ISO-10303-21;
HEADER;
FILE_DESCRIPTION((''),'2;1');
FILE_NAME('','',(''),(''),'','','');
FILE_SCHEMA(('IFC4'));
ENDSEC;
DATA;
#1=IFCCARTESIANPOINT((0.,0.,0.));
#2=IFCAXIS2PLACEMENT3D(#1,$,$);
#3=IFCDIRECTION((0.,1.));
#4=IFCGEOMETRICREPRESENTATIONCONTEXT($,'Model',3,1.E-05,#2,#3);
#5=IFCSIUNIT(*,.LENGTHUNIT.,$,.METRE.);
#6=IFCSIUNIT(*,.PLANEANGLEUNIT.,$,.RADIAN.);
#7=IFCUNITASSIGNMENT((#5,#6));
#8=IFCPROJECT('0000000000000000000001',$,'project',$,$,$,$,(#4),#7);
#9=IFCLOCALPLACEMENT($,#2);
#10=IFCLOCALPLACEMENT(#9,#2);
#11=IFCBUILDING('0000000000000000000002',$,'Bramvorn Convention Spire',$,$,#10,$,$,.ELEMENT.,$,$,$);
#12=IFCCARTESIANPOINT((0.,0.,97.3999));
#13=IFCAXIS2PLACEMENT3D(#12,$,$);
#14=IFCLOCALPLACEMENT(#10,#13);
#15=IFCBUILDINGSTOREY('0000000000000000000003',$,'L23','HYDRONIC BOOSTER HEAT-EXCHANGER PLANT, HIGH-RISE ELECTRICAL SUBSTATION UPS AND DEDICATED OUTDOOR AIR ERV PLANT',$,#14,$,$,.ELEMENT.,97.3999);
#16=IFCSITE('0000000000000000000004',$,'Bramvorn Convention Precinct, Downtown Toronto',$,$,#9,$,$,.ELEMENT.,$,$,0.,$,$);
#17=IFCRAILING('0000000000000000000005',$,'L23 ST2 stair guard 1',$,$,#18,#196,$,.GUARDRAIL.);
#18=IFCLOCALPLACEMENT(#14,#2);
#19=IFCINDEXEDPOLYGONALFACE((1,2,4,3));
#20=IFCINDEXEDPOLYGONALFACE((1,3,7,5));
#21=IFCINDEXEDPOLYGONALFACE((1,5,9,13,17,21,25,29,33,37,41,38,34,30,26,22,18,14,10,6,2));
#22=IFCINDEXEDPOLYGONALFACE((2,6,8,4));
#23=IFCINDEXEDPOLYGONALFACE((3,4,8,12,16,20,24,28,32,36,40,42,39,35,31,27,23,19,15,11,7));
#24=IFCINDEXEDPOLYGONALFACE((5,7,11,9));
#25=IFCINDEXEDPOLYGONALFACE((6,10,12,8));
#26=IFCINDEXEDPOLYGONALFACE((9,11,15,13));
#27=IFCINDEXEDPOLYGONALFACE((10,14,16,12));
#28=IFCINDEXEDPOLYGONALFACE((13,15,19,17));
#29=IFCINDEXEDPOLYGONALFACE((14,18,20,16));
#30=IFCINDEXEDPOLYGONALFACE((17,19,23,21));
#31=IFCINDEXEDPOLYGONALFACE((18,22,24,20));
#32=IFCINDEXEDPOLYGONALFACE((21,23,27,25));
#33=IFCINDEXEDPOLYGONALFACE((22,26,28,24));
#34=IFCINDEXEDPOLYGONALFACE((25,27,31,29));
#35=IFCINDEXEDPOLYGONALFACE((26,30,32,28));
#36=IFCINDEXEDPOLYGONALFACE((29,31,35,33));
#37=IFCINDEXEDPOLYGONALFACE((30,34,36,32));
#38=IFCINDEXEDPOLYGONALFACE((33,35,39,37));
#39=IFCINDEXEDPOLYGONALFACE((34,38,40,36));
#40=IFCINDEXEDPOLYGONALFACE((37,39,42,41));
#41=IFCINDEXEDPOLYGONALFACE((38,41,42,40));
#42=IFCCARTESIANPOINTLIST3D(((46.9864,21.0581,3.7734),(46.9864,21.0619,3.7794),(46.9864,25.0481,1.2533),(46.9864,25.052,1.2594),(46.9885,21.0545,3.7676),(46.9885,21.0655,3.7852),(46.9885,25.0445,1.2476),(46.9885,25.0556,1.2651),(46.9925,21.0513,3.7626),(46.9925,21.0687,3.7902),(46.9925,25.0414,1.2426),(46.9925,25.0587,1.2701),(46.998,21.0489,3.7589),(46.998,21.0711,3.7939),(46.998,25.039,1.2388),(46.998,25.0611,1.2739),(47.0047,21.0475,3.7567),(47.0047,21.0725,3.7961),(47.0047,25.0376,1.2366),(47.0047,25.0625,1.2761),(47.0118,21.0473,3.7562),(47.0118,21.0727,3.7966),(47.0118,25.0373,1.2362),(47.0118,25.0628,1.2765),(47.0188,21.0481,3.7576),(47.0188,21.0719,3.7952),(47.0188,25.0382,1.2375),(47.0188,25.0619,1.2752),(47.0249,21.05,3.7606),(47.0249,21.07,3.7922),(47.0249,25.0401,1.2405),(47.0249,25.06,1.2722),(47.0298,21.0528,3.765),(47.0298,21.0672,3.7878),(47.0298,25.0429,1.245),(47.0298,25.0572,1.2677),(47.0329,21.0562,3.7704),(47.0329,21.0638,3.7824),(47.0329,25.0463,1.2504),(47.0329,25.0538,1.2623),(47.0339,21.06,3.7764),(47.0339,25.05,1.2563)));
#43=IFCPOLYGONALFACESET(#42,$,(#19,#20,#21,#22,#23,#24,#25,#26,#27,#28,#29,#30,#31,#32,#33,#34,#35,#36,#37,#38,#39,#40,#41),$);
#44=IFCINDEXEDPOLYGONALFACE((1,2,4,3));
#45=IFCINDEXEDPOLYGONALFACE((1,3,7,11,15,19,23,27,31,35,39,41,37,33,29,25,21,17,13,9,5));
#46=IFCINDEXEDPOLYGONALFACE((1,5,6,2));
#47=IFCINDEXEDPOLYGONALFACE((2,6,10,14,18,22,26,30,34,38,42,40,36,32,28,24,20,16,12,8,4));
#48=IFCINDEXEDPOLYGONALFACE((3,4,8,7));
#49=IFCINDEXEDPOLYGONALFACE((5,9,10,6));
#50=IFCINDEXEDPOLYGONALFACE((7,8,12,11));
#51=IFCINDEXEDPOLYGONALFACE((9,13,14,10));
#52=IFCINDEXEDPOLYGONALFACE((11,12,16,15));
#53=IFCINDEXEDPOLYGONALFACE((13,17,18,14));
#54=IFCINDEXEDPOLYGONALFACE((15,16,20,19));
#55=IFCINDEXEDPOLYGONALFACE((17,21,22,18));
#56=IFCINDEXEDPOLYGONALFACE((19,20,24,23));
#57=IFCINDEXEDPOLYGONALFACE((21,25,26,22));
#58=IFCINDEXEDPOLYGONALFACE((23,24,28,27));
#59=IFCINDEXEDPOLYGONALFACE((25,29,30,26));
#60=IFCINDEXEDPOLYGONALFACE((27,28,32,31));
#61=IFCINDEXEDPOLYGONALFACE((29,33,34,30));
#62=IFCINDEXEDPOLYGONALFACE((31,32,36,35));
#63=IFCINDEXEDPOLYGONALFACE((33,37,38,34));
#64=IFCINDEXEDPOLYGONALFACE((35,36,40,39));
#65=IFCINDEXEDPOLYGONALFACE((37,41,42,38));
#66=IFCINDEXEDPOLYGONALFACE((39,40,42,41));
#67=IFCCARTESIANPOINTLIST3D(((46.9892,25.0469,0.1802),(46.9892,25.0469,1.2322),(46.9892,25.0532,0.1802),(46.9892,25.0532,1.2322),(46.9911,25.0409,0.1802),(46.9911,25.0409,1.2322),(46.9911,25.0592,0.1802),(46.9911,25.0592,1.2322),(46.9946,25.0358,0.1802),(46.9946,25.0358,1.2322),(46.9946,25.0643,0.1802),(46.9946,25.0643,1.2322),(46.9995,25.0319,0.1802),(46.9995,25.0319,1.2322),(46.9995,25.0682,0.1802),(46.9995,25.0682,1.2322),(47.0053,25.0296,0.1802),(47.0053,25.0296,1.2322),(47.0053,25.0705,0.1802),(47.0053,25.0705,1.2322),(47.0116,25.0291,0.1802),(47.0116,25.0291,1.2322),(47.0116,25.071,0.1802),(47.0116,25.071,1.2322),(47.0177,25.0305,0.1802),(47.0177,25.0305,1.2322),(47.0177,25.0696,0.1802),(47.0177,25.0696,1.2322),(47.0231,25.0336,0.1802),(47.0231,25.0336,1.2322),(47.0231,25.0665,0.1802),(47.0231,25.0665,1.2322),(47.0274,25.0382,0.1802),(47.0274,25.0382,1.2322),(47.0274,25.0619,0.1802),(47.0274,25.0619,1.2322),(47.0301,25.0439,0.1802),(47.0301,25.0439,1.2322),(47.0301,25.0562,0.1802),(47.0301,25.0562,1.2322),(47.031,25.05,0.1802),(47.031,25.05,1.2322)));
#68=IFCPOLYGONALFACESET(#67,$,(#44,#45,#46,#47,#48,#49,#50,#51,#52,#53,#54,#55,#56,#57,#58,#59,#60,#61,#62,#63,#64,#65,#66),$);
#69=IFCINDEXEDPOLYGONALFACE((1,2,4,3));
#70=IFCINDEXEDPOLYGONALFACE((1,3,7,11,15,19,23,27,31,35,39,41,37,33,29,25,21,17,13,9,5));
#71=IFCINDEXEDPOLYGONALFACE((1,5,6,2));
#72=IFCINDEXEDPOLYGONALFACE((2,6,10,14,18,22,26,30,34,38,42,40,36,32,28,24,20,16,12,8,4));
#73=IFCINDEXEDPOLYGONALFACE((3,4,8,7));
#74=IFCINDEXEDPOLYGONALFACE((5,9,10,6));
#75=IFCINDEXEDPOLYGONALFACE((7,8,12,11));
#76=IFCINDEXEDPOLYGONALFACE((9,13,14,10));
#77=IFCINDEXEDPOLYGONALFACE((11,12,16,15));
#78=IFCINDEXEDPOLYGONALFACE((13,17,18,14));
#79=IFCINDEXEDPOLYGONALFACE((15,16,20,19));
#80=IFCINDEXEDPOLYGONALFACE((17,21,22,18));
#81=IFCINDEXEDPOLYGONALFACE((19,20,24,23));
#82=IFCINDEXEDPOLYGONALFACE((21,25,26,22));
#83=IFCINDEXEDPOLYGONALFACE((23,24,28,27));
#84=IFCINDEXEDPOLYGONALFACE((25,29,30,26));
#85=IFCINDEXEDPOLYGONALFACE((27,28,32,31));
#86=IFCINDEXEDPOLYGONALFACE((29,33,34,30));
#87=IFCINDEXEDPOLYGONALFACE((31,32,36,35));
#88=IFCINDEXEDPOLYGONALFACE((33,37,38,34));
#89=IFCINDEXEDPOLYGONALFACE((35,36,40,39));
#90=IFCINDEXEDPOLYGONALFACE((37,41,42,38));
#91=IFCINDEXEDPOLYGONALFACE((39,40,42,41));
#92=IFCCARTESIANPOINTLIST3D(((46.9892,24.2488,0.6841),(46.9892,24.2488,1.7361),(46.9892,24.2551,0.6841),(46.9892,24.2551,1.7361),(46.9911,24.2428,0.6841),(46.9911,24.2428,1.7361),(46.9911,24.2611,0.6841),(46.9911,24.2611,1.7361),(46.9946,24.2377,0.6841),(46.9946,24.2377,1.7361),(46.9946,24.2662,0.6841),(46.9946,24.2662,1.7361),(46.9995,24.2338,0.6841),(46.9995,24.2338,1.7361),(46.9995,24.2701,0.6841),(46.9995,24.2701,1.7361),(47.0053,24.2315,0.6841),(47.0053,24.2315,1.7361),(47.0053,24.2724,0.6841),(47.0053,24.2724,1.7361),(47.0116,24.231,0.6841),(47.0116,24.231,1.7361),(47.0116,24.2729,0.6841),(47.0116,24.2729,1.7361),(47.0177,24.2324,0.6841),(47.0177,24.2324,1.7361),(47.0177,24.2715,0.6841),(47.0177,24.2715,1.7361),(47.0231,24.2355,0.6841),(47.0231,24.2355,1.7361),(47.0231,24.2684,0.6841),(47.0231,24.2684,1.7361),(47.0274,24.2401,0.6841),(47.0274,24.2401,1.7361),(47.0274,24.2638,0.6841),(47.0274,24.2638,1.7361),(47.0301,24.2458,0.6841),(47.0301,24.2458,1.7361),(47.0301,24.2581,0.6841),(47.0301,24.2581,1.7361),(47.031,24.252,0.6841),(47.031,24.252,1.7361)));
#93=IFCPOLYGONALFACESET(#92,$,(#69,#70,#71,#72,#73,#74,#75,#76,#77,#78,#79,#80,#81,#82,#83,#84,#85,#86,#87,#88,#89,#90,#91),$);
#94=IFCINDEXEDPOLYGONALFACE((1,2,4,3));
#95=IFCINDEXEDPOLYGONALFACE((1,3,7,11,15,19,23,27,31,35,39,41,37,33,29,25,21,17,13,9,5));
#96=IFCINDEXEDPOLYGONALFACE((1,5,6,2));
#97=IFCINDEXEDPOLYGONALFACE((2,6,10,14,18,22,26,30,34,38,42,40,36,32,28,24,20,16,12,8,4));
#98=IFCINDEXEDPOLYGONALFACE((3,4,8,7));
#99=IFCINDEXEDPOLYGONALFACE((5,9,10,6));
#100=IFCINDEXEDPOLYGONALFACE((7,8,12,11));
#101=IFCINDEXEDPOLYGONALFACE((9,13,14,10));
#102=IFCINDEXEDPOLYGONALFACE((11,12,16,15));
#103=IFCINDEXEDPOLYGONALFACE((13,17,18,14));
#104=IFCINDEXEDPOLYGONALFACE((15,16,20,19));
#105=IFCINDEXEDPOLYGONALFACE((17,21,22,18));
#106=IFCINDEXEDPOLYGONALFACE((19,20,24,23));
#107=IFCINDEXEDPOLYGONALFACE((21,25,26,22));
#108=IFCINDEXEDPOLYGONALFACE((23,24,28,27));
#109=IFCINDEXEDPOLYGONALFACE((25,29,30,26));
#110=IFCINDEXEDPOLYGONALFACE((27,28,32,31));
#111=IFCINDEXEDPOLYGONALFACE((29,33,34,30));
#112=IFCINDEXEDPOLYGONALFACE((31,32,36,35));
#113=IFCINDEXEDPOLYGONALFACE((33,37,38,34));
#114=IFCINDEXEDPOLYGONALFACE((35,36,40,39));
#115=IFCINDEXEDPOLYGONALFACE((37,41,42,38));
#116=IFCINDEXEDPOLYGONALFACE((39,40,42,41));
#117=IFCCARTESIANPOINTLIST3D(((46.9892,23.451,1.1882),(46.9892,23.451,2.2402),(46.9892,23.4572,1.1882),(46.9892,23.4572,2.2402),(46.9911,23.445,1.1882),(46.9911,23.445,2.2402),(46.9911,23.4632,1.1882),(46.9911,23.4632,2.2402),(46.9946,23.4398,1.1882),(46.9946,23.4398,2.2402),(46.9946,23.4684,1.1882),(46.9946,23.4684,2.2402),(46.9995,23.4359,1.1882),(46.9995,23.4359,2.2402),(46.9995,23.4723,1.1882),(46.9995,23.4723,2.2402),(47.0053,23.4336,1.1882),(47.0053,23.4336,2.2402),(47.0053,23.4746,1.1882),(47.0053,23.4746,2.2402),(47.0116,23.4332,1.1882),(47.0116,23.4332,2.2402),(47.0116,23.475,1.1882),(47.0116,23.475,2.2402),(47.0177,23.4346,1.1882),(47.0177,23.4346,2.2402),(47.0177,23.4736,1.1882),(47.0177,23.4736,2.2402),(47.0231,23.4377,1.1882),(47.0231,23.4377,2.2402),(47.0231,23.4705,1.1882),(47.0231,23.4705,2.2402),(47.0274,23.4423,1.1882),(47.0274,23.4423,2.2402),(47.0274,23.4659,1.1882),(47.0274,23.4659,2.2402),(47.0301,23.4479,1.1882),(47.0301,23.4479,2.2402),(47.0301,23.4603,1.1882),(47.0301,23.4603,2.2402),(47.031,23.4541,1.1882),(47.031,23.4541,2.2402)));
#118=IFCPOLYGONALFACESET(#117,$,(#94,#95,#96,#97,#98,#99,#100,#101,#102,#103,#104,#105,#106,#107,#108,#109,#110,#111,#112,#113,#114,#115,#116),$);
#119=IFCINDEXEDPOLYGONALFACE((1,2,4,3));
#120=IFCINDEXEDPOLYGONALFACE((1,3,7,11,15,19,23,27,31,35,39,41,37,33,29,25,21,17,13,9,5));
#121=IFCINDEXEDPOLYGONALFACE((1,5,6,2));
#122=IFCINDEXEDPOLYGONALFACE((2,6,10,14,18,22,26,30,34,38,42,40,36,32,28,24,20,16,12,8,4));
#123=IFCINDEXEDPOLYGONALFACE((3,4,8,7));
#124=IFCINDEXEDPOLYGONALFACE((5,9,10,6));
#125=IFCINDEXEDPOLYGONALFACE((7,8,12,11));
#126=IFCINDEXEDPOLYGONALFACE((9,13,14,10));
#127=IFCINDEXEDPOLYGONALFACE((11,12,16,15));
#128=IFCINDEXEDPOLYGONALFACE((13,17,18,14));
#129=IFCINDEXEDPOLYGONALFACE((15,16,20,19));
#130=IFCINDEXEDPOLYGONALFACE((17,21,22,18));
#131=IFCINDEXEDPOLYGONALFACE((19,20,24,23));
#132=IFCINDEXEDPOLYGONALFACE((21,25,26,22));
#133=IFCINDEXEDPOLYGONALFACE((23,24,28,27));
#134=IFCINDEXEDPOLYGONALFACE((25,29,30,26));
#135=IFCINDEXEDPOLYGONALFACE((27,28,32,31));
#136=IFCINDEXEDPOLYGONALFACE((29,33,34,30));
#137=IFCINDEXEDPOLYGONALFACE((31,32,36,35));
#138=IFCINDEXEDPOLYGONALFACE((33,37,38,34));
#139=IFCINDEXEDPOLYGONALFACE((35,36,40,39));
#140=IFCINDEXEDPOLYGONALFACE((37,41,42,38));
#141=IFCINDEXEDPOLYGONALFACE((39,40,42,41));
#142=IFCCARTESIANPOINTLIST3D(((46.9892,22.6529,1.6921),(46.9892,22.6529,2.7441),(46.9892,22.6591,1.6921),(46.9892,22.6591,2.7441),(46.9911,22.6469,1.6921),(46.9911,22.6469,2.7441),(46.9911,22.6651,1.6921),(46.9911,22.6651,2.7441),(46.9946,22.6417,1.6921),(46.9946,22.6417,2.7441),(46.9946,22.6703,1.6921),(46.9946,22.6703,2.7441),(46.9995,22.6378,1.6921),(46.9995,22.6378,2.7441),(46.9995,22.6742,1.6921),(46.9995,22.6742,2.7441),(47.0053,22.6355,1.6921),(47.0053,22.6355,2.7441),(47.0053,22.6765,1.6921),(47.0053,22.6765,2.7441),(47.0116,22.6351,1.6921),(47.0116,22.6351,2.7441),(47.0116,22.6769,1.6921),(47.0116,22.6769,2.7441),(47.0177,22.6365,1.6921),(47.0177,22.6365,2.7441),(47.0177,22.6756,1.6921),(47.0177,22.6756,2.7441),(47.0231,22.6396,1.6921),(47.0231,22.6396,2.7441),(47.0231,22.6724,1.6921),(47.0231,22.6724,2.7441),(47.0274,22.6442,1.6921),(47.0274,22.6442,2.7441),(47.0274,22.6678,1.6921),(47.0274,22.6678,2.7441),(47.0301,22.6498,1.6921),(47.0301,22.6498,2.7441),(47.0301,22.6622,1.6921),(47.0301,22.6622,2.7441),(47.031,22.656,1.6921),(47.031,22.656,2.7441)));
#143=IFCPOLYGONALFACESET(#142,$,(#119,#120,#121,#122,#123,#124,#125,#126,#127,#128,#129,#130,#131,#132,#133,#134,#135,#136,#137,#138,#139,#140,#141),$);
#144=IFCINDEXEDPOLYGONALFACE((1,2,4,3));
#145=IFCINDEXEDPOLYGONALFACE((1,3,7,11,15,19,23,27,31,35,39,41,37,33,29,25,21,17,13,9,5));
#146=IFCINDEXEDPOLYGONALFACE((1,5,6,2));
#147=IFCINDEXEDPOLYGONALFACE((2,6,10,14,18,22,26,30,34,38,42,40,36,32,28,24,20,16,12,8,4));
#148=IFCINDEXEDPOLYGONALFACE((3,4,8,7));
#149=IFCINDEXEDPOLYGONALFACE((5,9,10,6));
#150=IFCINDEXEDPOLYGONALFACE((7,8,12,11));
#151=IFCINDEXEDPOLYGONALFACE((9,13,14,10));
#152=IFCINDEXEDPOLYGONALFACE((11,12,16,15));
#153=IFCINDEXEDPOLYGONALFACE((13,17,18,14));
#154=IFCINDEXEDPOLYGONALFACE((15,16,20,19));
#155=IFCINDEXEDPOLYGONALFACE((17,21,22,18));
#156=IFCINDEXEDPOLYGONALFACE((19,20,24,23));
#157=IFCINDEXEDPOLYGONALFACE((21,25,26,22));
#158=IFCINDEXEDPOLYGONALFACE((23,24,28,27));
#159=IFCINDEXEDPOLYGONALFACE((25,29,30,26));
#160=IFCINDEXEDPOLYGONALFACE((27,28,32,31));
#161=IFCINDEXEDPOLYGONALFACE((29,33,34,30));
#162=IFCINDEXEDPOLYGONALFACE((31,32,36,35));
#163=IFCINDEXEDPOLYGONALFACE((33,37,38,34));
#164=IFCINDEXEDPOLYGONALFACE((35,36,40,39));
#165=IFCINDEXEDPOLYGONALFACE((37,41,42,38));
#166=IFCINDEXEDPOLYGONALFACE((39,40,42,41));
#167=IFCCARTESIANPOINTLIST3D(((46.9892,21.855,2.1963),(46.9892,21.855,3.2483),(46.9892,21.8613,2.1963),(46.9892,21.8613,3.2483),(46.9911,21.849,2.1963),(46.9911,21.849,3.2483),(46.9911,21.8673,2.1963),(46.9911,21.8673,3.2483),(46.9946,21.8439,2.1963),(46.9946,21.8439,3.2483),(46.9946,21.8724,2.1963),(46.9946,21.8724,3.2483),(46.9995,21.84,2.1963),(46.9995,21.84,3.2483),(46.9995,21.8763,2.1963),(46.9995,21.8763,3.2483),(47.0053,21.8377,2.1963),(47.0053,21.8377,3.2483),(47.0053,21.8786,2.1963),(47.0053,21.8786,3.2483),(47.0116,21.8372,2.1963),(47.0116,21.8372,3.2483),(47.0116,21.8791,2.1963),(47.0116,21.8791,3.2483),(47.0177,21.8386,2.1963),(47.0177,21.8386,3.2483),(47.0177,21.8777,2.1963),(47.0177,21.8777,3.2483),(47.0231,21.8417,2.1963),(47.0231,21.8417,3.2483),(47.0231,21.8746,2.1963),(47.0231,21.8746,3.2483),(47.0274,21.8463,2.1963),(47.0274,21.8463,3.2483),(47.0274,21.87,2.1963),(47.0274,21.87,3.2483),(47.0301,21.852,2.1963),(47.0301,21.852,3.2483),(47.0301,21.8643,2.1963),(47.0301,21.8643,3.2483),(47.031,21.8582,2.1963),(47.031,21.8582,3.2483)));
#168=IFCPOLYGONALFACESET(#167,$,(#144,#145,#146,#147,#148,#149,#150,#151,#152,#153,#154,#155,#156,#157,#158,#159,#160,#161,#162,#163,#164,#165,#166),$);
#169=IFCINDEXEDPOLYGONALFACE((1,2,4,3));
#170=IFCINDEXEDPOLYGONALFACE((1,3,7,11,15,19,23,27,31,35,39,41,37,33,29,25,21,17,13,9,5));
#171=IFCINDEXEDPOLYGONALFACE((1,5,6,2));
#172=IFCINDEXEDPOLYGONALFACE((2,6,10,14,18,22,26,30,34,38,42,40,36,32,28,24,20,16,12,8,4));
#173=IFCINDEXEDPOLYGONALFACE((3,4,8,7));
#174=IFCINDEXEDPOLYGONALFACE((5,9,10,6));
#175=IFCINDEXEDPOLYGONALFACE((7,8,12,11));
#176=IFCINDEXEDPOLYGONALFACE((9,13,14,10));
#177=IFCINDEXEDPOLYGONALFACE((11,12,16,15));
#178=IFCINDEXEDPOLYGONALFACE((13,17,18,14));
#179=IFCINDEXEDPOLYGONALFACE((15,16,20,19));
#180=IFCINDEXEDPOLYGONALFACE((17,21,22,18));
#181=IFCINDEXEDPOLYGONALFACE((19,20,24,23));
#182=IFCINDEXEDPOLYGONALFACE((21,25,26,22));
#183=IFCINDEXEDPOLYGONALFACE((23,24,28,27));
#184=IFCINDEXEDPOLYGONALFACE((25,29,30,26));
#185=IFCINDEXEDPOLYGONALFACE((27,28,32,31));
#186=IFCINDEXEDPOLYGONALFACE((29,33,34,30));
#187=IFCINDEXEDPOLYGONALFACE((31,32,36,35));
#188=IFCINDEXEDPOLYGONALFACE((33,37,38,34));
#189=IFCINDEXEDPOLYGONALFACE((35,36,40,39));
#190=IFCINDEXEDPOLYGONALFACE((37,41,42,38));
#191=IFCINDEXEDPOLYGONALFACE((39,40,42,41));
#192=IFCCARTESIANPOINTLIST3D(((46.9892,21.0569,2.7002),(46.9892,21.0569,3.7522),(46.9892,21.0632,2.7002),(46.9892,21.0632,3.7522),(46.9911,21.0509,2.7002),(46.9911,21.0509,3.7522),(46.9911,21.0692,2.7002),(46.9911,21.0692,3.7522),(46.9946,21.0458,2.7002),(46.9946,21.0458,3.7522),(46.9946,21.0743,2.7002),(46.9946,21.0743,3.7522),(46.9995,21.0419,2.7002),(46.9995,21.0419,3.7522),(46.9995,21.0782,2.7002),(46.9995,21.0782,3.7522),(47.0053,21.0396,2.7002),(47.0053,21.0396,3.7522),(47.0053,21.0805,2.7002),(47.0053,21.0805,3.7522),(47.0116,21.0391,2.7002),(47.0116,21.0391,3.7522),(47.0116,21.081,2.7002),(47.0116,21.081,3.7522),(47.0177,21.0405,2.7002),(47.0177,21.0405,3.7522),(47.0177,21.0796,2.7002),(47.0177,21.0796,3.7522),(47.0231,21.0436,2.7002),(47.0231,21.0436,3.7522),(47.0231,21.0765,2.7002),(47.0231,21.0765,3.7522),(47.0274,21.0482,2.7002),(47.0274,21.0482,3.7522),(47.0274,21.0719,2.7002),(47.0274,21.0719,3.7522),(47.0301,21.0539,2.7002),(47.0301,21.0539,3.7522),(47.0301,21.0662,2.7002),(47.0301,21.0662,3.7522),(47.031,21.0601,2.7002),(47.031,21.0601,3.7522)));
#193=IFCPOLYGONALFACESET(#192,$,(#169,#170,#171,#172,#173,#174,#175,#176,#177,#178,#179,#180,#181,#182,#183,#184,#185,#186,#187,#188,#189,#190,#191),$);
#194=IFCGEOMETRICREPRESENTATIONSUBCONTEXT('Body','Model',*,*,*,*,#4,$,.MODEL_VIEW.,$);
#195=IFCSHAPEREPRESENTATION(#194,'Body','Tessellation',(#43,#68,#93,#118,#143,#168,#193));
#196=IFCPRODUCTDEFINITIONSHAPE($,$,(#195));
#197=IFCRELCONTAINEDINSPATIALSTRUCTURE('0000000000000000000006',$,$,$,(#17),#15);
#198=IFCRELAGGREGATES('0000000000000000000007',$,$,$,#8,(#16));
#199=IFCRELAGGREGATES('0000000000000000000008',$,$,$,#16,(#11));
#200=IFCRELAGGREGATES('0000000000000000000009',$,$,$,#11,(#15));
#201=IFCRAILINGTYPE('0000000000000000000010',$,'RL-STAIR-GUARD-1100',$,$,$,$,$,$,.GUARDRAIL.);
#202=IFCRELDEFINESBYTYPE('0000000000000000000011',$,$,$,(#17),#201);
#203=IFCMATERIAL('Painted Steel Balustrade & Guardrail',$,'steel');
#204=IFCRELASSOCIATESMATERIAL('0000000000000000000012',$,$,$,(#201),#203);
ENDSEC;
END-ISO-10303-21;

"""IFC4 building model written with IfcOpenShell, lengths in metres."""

from ifc_helpers import new_model, si_unit, direction, frame, origin, origin_2d, place, context, subcontext, project, spatial, circle, extrude, material, type_object, element, save


model = new_model("IFC4")

# Units and contexts
model_context = context("Model", 3, precision=1e-05, world=origin(), true_north=direction((0.0, 1.0)))
body_context = subcontext(model_context, "Body", "Model", "MODEL_VIEW")
ifc_project = project(units=[si_unit("LENGTHUNIT", "METRE"), si_unit("PLANEANGLEUNIT", "RADIAN")], contexts=[model_context])

# Site, building, storey
site_placement = place(None, origin())
site = spatial("IfcSite", under=ifc_project, at=site_placement, Name="Bramvorn Convention Precinct, Downtown Toronto", CompositionType="ELEMENT", RefElevation=0.0)
building_placement = place(site_placement, origin())
building = spatial("IfcBuilding", under=site, at=building_placement, Name="Bramvorn Convention Spire", CompositionType="ELEMENT")
storey_placement = place(building_placement, frame((0.0, 0.0, 97.3999)))
storey = spatial("IfcBuildingStorey", under=building, at=storey_placement, Name="L23", Description="HYDRONIC BOOSTER HEAT-EXCHANGER PLANT, HIGH-RISE ELECTRICAL SUBSTATION UPS AND DEDICATED OUTDOOR AIR ERV PLANT", CompositionType="ELEMENT", Elevation=97.3999)

# Railing
ifc_material_1 = material(Name="Painted Steel Balustrade & Guardrail", Category="steel")
railing_type_1 = type_object("IfcRailingType", Name="RL-STAIR-GUARD-1100", PredefinedType="GUARDRAIL", material=ifc_material_1)
railing_1_placement = place(storey_placement, frame((47.01, 25.05, 0.1802)))
element("IfcRailing", 1, at=railing_1_placement, inside=storey, type_object=railing_type_1, Name="L23 ST2 stair guard 1", PredefinedType="GUARDRAIL", context=body_context, shape_type="SweptSolid", body=[
    extrude(circle(Radius=0.0239, at=origin_2d()), frame((0.0, 0.0, 1.0762), z_axis=(0.0, -0.845486, 0.533997), x_axis=(1.0, 0.0, 0.0)), (0.0, 0.0, 1.0), 4.7192),
    extrude(circle(Radius=0.021, at=origin_2d()), origin(), (0.0, 0.0, 1.0), 1.052),
    extrude(circle(Radius=0.021, at=origin_2d()), frame((0.0, -0.7981, 0.5039)), (0.0, 0.0, 1.0), 1.052),
    extrude(circle(Radius=0.021, at=origin_2d()), frame((0.0, -1.5959, 1.0081)), (0.0, 0.0, 1.0), 1.052),
    extrude(circle(Radius=0.021, at=origin_2d()), frame((0.0, -2.394, 1.512)), (0.0, 0.0, 1.0), 1.052),
    extrude(circle(Radius=0.021, at=origin_2d()), frame((0.0, -3.1919, 2.0161)), (0.0, 0.0, 1.0), 1.052),
    extrude(circle(Radius=0.021, at=origin_2d()), frame((0.0, -3.99, 2.52)), (0.0, 0.0, 1.0), 1.052),
])

save(model, "model.ifc")
